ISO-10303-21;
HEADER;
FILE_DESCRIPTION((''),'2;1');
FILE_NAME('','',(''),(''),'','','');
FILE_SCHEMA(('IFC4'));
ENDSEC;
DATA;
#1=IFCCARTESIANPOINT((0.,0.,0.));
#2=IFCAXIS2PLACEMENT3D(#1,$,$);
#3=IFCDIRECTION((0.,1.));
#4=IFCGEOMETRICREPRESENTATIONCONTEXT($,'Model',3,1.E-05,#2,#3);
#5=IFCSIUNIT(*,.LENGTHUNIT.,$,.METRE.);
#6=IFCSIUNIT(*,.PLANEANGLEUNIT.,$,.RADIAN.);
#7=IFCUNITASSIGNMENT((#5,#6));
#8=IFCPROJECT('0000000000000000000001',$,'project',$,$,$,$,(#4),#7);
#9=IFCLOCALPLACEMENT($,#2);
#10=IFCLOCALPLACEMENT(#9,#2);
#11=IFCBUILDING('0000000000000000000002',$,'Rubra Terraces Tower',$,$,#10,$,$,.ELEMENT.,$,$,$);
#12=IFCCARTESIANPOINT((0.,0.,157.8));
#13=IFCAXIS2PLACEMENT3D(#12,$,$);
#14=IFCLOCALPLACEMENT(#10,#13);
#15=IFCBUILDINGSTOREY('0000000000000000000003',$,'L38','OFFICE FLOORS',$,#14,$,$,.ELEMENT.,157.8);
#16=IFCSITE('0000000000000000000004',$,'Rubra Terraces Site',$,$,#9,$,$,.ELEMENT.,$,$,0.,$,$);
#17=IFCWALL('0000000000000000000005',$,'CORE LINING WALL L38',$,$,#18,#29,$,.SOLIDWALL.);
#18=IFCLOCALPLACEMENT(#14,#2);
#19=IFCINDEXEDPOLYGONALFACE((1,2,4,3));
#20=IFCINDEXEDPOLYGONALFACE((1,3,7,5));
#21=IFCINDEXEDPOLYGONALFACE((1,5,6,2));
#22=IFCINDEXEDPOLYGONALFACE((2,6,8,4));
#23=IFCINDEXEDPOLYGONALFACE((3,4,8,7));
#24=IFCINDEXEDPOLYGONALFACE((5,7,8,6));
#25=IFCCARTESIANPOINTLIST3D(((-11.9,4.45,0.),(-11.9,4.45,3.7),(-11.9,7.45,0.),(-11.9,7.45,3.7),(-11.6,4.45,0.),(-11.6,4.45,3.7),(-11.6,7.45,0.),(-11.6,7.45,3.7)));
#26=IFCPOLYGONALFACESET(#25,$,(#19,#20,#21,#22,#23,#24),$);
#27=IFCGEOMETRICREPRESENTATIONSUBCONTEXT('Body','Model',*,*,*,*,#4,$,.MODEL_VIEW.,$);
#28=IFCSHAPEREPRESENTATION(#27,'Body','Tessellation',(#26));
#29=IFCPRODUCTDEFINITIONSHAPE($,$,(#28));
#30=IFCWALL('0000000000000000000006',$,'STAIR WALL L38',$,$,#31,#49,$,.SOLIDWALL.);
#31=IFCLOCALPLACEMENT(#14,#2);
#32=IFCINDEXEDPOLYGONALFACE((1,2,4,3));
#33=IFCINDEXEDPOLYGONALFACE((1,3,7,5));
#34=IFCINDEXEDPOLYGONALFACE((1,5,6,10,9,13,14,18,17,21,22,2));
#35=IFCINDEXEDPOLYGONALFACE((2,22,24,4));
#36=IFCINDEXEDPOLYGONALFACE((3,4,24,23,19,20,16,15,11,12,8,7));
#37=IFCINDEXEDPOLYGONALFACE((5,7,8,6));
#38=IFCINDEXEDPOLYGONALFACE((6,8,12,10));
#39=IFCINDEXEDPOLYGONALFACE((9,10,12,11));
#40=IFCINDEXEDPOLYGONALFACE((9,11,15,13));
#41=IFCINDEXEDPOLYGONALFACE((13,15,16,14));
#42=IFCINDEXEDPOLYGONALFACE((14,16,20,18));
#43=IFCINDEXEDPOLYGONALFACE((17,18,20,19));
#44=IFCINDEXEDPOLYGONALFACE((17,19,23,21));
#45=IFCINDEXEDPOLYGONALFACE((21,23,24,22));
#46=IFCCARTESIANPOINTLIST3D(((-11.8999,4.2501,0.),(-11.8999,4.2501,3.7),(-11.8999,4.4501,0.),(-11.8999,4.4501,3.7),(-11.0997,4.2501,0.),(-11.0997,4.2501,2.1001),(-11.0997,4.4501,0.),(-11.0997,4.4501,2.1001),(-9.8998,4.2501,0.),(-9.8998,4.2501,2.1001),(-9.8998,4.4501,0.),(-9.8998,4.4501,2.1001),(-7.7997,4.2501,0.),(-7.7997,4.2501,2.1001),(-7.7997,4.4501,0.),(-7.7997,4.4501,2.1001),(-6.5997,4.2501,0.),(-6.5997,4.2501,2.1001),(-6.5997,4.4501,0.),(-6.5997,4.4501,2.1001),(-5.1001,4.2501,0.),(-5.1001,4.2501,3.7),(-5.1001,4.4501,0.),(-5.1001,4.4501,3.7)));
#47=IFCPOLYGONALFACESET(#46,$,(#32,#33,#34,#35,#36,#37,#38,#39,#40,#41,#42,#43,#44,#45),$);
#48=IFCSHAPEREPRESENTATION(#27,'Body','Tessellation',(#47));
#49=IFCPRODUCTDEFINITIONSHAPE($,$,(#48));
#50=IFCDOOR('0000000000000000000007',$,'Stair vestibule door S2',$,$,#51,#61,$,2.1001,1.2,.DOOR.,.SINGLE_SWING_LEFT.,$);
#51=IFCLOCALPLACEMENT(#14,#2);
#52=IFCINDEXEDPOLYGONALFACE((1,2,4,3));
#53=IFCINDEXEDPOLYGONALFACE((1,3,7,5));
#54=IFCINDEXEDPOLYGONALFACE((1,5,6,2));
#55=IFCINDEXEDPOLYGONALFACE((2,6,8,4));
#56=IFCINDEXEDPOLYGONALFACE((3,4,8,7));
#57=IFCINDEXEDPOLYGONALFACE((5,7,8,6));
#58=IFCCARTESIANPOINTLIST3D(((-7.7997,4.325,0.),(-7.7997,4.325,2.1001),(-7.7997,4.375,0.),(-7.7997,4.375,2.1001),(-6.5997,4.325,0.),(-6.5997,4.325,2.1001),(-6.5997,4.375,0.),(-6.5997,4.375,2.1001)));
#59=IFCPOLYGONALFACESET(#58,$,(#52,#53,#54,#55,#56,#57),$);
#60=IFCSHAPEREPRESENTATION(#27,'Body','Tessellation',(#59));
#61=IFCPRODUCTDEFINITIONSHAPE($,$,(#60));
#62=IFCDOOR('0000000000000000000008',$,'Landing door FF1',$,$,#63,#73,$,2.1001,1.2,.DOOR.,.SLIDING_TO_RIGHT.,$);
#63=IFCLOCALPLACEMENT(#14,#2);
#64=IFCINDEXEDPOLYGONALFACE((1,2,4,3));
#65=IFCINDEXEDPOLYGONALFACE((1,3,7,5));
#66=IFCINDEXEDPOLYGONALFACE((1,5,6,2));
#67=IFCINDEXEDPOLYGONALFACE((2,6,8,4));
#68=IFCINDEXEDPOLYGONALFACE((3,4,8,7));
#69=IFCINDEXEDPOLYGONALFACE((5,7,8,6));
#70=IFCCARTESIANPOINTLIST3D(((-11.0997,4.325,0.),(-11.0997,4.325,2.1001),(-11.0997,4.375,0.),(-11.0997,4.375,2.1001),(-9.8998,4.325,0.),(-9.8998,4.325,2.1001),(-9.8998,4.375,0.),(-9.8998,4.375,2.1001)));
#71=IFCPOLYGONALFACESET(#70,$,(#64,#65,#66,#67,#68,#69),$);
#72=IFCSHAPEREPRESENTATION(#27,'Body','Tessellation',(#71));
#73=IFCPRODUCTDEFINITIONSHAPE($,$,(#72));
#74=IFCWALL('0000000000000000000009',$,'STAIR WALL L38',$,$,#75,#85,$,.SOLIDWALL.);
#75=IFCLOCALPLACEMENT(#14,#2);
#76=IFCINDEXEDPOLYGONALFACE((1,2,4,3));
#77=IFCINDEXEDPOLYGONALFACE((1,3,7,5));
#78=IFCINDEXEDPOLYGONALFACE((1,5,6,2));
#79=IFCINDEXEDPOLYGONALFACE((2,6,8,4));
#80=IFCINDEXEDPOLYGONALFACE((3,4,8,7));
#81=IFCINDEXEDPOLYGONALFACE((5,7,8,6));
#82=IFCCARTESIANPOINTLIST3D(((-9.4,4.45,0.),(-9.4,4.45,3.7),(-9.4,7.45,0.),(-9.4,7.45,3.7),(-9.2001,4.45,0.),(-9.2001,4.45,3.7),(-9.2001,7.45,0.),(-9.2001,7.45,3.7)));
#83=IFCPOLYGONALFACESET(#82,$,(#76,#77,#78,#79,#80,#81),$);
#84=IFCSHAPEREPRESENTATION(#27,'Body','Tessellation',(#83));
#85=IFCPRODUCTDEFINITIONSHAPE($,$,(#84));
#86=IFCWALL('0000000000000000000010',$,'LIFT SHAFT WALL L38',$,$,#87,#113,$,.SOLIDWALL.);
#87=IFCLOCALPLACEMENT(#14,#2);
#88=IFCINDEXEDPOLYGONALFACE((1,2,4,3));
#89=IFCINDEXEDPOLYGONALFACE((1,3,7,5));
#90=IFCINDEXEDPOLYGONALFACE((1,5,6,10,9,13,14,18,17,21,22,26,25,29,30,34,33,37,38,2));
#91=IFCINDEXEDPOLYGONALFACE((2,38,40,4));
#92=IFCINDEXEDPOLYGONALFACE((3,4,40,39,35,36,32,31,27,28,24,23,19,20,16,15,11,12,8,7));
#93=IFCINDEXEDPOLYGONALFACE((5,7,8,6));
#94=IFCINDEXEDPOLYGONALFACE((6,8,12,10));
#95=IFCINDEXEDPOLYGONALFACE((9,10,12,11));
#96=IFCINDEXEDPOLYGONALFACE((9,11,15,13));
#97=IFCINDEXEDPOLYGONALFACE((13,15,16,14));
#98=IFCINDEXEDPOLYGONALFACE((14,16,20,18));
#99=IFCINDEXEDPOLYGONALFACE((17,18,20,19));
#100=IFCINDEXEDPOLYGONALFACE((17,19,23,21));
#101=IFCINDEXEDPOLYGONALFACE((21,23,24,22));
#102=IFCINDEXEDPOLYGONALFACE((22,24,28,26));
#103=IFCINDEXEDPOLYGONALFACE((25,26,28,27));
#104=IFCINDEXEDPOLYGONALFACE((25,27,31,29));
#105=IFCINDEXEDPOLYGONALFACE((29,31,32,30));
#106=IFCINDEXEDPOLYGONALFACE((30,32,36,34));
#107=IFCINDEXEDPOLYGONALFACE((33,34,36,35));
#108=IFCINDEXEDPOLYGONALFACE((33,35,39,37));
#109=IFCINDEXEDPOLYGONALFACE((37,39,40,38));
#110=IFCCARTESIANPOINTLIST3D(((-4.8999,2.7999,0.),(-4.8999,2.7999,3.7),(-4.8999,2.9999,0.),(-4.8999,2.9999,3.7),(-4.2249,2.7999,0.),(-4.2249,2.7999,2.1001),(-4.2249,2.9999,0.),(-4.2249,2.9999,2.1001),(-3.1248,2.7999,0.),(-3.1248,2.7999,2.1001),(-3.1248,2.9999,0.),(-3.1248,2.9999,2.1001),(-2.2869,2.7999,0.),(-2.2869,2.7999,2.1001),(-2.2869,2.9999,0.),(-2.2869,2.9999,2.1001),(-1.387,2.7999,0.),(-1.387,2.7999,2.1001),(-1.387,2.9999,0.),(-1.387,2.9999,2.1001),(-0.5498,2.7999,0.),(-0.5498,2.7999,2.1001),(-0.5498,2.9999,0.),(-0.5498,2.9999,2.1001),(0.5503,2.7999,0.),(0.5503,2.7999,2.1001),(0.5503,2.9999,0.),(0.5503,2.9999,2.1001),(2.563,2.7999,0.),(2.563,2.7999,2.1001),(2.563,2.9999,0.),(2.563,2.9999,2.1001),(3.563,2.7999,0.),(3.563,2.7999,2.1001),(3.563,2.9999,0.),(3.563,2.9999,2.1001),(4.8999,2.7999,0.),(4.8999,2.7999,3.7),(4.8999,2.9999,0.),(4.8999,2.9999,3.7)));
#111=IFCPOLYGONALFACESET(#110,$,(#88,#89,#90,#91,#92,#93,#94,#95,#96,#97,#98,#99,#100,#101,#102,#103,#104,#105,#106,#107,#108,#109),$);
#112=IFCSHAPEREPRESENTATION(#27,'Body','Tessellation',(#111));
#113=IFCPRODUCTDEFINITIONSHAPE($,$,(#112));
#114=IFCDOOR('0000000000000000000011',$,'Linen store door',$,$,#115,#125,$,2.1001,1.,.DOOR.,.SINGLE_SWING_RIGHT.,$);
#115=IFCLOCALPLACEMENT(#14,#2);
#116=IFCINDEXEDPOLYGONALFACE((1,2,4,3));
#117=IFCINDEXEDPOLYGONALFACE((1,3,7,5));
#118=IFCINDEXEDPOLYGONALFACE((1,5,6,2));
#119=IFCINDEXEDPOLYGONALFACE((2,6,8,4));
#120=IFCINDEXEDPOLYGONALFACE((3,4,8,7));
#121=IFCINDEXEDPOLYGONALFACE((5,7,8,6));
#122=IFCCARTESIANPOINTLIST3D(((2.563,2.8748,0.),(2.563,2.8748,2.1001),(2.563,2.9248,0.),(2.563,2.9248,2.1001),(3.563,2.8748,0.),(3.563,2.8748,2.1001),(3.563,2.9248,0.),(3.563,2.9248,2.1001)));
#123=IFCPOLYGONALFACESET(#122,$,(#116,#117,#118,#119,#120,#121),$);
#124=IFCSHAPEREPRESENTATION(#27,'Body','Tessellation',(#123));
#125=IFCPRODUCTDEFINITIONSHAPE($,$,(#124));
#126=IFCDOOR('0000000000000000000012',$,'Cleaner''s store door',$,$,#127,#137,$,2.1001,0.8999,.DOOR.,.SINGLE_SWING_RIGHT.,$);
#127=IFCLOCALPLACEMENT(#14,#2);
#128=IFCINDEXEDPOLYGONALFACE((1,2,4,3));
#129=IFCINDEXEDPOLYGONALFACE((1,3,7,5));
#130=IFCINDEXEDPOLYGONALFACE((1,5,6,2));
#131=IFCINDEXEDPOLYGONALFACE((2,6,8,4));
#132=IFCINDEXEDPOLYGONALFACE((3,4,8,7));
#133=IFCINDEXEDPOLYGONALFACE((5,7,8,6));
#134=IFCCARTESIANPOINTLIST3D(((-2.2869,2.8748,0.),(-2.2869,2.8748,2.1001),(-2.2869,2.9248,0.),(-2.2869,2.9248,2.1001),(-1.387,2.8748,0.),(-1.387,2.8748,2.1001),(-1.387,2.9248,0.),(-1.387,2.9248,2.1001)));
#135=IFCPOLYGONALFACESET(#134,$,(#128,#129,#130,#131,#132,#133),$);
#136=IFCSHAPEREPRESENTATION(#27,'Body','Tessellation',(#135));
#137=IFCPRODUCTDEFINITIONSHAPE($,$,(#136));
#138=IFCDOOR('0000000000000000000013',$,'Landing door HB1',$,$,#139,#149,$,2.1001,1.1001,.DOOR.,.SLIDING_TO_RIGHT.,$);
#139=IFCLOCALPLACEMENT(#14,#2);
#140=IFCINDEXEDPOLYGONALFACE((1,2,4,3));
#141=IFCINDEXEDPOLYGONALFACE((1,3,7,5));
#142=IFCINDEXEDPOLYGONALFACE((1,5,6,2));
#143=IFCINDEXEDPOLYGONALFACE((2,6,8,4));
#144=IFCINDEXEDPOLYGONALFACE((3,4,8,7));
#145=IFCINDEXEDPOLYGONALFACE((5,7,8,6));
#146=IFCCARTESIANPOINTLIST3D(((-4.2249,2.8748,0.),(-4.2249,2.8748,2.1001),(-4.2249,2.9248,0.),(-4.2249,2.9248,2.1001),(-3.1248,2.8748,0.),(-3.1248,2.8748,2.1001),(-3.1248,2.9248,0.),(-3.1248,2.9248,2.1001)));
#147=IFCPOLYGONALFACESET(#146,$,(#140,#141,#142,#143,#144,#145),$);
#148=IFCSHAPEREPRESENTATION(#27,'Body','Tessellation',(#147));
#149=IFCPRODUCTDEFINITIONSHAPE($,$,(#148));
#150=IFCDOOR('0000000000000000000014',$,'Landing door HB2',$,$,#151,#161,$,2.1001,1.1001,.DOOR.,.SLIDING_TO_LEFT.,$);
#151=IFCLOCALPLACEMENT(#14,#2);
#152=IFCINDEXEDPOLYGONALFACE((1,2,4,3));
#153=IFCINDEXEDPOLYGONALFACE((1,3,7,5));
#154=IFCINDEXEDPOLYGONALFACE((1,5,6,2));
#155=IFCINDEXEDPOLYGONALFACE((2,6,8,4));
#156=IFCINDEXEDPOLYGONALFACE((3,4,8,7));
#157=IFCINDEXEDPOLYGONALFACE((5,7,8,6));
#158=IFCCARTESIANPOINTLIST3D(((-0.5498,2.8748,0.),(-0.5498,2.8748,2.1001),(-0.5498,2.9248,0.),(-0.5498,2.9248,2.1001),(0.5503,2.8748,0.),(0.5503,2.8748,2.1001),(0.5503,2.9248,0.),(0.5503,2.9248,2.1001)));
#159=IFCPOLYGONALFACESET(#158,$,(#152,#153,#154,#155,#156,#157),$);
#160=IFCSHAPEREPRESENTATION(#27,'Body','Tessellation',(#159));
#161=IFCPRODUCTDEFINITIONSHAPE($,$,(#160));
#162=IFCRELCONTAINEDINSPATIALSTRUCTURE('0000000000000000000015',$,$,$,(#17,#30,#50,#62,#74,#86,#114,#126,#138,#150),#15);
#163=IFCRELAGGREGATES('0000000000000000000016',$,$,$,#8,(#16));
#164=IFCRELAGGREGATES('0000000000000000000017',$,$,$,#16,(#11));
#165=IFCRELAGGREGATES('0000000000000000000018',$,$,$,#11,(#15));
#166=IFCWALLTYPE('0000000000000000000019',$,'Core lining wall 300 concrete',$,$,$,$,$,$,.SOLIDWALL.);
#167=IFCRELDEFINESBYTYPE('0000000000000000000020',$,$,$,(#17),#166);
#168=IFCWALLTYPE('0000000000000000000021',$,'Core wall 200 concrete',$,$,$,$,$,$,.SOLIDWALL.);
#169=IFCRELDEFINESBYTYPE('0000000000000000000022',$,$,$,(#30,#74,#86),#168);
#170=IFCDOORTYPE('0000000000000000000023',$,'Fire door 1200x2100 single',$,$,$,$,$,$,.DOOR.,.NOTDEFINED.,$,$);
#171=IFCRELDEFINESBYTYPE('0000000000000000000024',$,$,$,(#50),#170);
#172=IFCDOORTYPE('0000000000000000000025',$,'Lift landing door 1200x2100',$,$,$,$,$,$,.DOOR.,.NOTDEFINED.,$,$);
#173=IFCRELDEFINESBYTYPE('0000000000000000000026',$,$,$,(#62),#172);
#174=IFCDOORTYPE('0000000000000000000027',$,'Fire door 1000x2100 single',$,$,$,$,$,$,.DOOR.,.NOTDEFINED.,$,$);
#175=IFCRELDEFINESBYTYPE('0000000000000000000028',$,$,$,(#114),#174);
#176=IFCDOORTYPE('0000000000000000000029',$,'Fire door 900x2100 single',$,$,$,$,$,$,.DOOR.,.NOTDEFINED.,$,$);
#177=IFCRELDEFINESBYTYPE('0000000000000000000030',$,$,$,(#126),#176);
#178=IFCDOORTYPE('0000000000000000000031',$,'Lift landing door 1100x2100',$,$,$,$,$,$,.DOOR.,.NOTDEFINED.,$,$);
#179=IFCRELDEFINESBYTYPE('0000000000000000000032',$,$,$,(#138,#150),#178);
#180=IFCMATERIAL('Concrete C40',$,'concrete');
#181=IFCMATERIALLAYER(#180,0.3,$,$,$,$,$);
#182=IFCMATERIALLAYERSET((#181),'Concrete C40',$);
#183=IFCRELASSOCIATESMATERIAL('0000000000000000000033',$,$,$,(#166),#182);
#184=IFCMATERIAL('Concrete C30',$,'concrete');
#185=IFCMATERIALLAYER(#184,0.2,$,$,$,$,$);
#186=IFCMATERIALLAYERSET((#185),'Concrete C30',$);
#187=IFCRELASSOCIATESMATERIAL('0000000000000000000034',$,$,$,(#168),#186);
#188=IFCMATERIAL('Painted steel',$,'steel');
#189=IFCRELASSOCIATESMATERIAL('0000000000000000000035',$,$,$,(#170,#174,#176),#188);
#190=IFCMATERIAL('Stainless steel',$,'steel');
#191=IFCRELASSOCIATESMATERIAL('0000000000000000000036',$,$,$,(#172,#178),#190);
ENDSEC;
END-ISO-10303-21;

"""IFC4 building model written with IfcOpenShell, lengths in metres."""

from ifc_helpers import new_model, si_unit, direction, frame, frame_2d, origin, place, context, subcontext, project, spatial, rectangle, extrude, material, layer, layer_set, type_object, element, fill, save


model = new_model("IFC4")

# Units and contexts
model_context = context("Model", 3, precision=1e-05, world=origin(), true_north=direction((0.0, 1.0)))
body_context = subcontext(model_context, "Body", "Model", "MODEL_VIEW")
ifc_project = project(units=[si_unit("LENGTHUNIT", "METRE"), si_unit("PLANEANGLEUNIT", "RADIAN")], contexts=[model_context])

# Site, building, storey
site_placement = place(None, origin())
site = spatial("IfcSite", under=ifc_project, at=site_placement, Name="Rubra Terraces Site", CompositionType="ELEMENT", RefElevation=0.0)
building_placement = place(site_placement, origin())
building = spatial("IfcBuilding", under=site, at=building_placement, Name="Rubra Terraces Tower", CompositionType="ELEMENT")
storey_placement = place(building_placement, frame((0.0, 0.0, 157.8)))
storey = spatial("IfcBuildingStorey", under=building, at=storey_placement, Name="L38", Description="OFFICE FLOORS", CompositionType="ELEMENT", Elevation=157.8)

# Wall
ifc_material_1 = material(Name="Concrete C40", Category="concrete")
ifc_layer_1 = layer(ifc_material_1, 0.3)
ifc_layer_set_1 = layer_set([ifc_layer_1], Name="Concrete C40")
wall_type_1 = type_object("IfcWallType", Name="Core lining wall 300 concrete", PredefinedType="SOLIDWALL", material=ifc_layer_set_1)
wall_1_placement = place(storey_placement, frame((-11.75, 4.45, 0.0), z_axis=(0.0, 0.0, 1.0), x_axis=(0.0, 1.0, 0.0)))
element("IfcWall", 1, at=wall_1_placement, inside=storey, type_object=wall_type_1, Name="CORE LINING WALL L38", PredefinedType="SOLIDWALL", context=body_context, shape_type="SweptSolid", body=[
    extrude(rectangle(XDim=3.0, YDim=0.3, at=frame_2d((1.5, 0.0))), origin(), (0.0, 0.0, 1.0), 3.7),
])

# Wall, openings, doors
ifc_material_2 = material(Name="Concrete C30", Category="concrete")
ifc_layer_2 = layer(ifc_material_2, 0.2)
ifc_layer_set_2 = layer_set([ifc_layer_2], Name="Concrete C30")
wall_type_2 = type_object("IfcWallType", Name="Core wall 200 concrete", PredefinedType="SOLIDWALL", material=ifc_layer_set_2)
wall_2_placement = place(storey_placement, frame((-11.8999, 4.3501, 0.0), z_axis=(0.0, 0.0, 1.0), x_axis=(1.0, 0.0, 0.0)))
wall_2 = element("IfcWall", 2, at=wall_2_placement, inside=storey, type_object=wall_type_2, Name="STAIR WALL L38", PredefinedType="SOLIDWALL", context=body_context, shape_type="SweptSolid", body=[
    extrude(rectangle(XDim=6.7998, YDim=0.2, at=frame_2d((3.3999, 0.0))), origin(), (0.0, 0.0, 1.0), 3.7),
])
opening_1_placement = place(wall_2_placement, frame((4.1001, 0.0, 0.0)))
opening_1 = element("IfcOpeningElement", 3, at=opening_1_placement, cuts=wall_2, PredefinedType="OPENING", context=body_context, shape_type="SweptSolid", body=[
    extrude(rectangle(XDim=1.2, YDim=2.1001, at=frame_2d((0.6001, 1.05))), frame((0.0, 0.1099, 0.0), z_axis=(0.0, -1.0, 0.0), x_axis=(1.0, 0.0, 0.0)), (0.0, 0.0, 1.0), 0.22),
])
opening_2_placement = place(wall_2_placement, frame((0.8, 0.0, 0.0)))
opening_2 = element("IfcOpeningElement", 4, at=opening_2_placement, cuts=wall_2, PredefinedType="OPENING", context=body_context, shape_type="SweptSolid", body=[
    extrude(rectangle(XDim=1.2, YDim=2.1001, at=frame_2d((0.6001, 1.05))), frame((0.0, 0.1099, 0.0), z_axis=(0.0, -1.0, 0.0), x_axis=(1.0, 0.0, 0.0)), (0.0, 0.0, 1.0), 0.22),
])
ifc_material_3 = material(Name="Painted steel", Category="steel")
door_type_1 = type_object("IfcDoorType", Name="Fire door 1200x2100 single", OperationType="NOTDEFINED", PredefinedType="DOOR", material=ifc_material_3)
door_1_placement = place(opening_1_placement, origin())
door_1 = element("IfcDoor", 5, at=door_1_placement, inside=storey, type_object=door_type_1, Name="Stair vestibule door S2", OperationType="SINGLE_SWING_LEFT", OverallHeight=2.1001, OverallWidth=1.2, PredefinedType="DOOR", context=body_context, shape_type="SweptSolid", body=[
    extrude(rectangle(XDim=1.2, YDim=2.1001, at=frame_2d((0.6001, 1.05))), frame((0.0, 0.0249, 0.0), z_axis=(0.0, -1.0, 0.0), x_axis=(1.0, 0.0, 0.0)), (0.0, 0.0, 1.0), 0.05),
])
fill(opening_1, door_1)
ifc_material_4 = material(Name="Stainless steel", Category="steel")
door_type_2 = type_object("IfcDoorType", Name="Lift landing door 1200x2100", OperationType="NOTDEFINED", PredefinedType="DOOR", material=ifc_material_4)
door_2_placement = place(opening_2_placement, origin())
door_2 = element("IfcDoor", 6, at=door_2_placement, inside=storey, type_object=door_type_2, Name="Landing door FF1", OperationType="SLIDING_TO_RIGHT", OverallHeight=2.1001, OverallWidth=1.2, PredefinedType="DOOR", context=body_context, shape_type="SweptSolid", body=[
    extrude(rectangle(XDim=1.2, YDim=2.1001, at=frame_2d((0.6001, 1.05))), frame((0.0, 0.0249, 0.0), z_axis=(0.0, -1.0, 0.0), x_axis=(1.0, 0.0, 0.0)), (0.0, 0.0, 1.0), 0.05),
])
fill(opening_2, door_2)

# Wall
wall_3_placement = place(storey_placement, frame((-9.3, 4.45, 0.0), z_axis=(0.0, 0.0, 1.0), x_axis=(0.0, 1.0, 0.0)))
element("IfcWall", 7, at=wall_3_placement, inside=storey, type_object=wall_type_2, Name="STAIR WALL L38", PredefinedType="SOLIDWALL", context=body_context, shape_type="SweptSolid", body=[
    extrude(rectangle(XDim=3.0, YDim=0.2, at=frame_2d((1.5, 0.0))), origin(), (0.0, 0.0, 1.0), 3.7),
])

# Wall, openings, doors
wall_4_placement = place(storey_placement, frame((-4.8999, 2.8999, 0.0), z_axis=(0.0, 0.0, 1.0), x_axis=(1.0, 0.0, 0.0)))
wall_4 = element("IfcWall", 8, at=wall_4_placement, inside=storey, type_object=wall_type_2, Name="LIFT SHAFT WALL L38", PredefinedType="SOLIDWALL", context=body_context, shape_type="SweptSolid", body=[
    extrude(rectangle(XDim=9.7998, YDim=0.2, at=frame_2d((4.8999, 0.0))), origin(), (0.0, 0.0, 1.0), 3.7),
])
opening_3_placement = place(wall_4_placement, frame((0.675, 0.0, 0.0)))
opening_3 = element("IfcOpeningElement", 9, at=opening_3_placement, cuts=wall_4, PredefinedType="OPENING", context=body_context, shape_type="SweptSolid", body=[
    extrude(rectangle(XDim=1.1001, YDim=2.1001, at=frame_2d((0.55, 1.05))), frame((0.0, 0.1099, 0.0), z_axis=(0.0, -1.0, 0.0), x_axis=(1.0, 0.0, 0.0)), (0.0, 0.0, 1.0), 0.22),
])
opening_4_placement = place(wall_4_placement, frame((2.613, 0.0, 0.0)))
opening_4 = element("IfcOpeningElement", 10, at=opening_4_placement, cuts=wall_4, PredefinedType="OPENING", context=body_context, shape_type="SweptSolid", body=[
    extrude(rectangle(XDim=0.8999, YDim=2.1001, at=frame_2d((0.45, 1.05))), frame((0.0, 0.1099, 0.0), z_axis=(0.0, -1.0, 0.0), x_axis=(1.0, 0.0, 0.0)), (0.0, 0.0, 1.0), 0.22),
])
opening_5_placement = place(wall_4_placement, frame((4.3501, 0.0, 0.0)))
opening_5 = element("IfcOpeningElement", 11, at=opening_5_placement, cuts=wall_4, PredefinedType="OPENING", context=body_context, shape_type="SweptSolid", body=[
    extrude(rectangle(XDim=1.1001, YDim=2.1001, at=frame_2d((0.55, 1.05))), frame((0.0, 0.1099, 0.0), z_axis=(0.0, -1.0, 0.0), x_axis=(1.0, 0.0, 0.0)), (0.0, 0.0, 1.0), 0.22),
])
opening_6_placement = place(wall_4_placement, frame((7.4629, 0.0, 0.0)))
opening_6 = element("IfcOpeningElement", 12, at=opening_6_placement, cuts=wall_4, PredefinedType="OPENING", context=body_context, shape_type="SweptSolid", body=[
    extrude(rectangle(XDim=1.0, YDim=2.1001, at=frame_2d((0.5, 1.05))), frame((0.0, 0.1099, 0.0), z_axis=(0.0, -1.0, 0.0), x_axis=(1.0, 0.0, 0.0)), (0.0, 0.0, 1.0), 0.22),
])
door_type_3 = type_object("IfcDoorType", Name="Fire door 1000x2100 single", OperationType="NOTDEFINED", PredefinedType="DOOR", material=ifc_material_3)
door_3_placement = place(opening_6_placement, origin())
door_3 = element("IfcDoor", 13, at=door_3_placement, inside=storey, type_object=door_type_3, Name="Linen store door", OperationType="SINGLE_SWING_RIGHT", OverallHeight=2.1001, OverallWidth=1.0, PredefinedType="DOOR", context=body_context, shape_type="SweptSolid", body=[
    extrude(rectangle(XDim=1.0, YDim=2.1001, at=frame_2d((0.5, 1.05))), frame((0.0, 0.0249, 0.0), z_axis=(0.0, -1.0, 0.0), x_axis=(1.0, 0.0, 0.0)), (0.0, 0.0, 1.0), 0.05),
])
fill(opening_6, door_3)
door_type_4 = type_object("IfcDoorType", Name="Fire door 900x2100 single", OperationType="NOTDEFINED", PredefinedType="DOOR", material=ifc_material_3)
door_4_placement = place(opening_4_placement, origin())
door_4 = element("IfcDoor", 14, at=door_4_placement, inside=storey, type_object=door_type_4, Name="Cleaner's store door", OperationType="SINGLE_SWING_RIGHT", OverallHeight=2.1001, OverallWidth=0.8999, PredefinedType="DOOR", context=body_context, shape_type="SweptSolid", body=[
    extrude(rectangle(XDim=0.8999, YDim=2.1001, at=frame_2d((0.45, 1.05))), frame((0.0, 0.0249, 0.0), z_axis=(0.0, -1.0, 0.0), x_axis=(1.0, 0.0, 0.0)), (0.0, 0.0, 1.0), 0.05),
])
fill(opening_4, door_4)
door_type_5 = type_object("IfcDoorType", Name="Lift landing door 1100x2100", OperationType="NOTDEFINED", PredefinedType="DOOR", material=ifc_material_4)
door_5_placement = place(opening_3_placement, origin())
door_5 = element("IfcDoor", 15, at=door_5_placement, inside=storey, type_object=door_type_5, Name="Landing door HB1", OperationType="SLIDING_TO_RIGHT", OverallHeight=2.1001, OverallWidth=1.1001, PredefinedType="DOOR", context=body_context, shape_type="SweptSolid", body=[
    extrude(rectangle(XDim=1.1001, YDim=2.1001, at=frame_2d((0.55, 1.05))), frame((0.0, 0.0249, 0.0), z_axis=(0.0, -1.0, 0.0), x_axis=(1.0, 0.0, 0.0)), (0.0, 0.0, 1.0), 0.05),
])
fill(opening_3, door_5)
door_6_placement = place(opening_5_placement, origin())
door_6 = element("IfcDoor", 16, at=door_6_placement, inside=storey, type_object=door_type_5, Name="Landing door HB2", OperationType="SLIDING_TO_LEFT", OverallHeight=2.1001, OverallWidth=1.1001, PredefinedType="DOOR", context=body_context, shape_type="SweptSolid", body=[
    extrude(rectangle(XDim=1.1001, YDim=2.1001, at=frame_2d((0.55, 1.05))), frame((0.0, 0.0249, 0.0), z_axis=(0.0, -1.0, 0.0), x_axis=(1.0, 0.0, 0.0)), (0.0, 0.0, 1.0), 0.05),
])
fill(opening_5, door_6)

save(model, "model.ifc")
